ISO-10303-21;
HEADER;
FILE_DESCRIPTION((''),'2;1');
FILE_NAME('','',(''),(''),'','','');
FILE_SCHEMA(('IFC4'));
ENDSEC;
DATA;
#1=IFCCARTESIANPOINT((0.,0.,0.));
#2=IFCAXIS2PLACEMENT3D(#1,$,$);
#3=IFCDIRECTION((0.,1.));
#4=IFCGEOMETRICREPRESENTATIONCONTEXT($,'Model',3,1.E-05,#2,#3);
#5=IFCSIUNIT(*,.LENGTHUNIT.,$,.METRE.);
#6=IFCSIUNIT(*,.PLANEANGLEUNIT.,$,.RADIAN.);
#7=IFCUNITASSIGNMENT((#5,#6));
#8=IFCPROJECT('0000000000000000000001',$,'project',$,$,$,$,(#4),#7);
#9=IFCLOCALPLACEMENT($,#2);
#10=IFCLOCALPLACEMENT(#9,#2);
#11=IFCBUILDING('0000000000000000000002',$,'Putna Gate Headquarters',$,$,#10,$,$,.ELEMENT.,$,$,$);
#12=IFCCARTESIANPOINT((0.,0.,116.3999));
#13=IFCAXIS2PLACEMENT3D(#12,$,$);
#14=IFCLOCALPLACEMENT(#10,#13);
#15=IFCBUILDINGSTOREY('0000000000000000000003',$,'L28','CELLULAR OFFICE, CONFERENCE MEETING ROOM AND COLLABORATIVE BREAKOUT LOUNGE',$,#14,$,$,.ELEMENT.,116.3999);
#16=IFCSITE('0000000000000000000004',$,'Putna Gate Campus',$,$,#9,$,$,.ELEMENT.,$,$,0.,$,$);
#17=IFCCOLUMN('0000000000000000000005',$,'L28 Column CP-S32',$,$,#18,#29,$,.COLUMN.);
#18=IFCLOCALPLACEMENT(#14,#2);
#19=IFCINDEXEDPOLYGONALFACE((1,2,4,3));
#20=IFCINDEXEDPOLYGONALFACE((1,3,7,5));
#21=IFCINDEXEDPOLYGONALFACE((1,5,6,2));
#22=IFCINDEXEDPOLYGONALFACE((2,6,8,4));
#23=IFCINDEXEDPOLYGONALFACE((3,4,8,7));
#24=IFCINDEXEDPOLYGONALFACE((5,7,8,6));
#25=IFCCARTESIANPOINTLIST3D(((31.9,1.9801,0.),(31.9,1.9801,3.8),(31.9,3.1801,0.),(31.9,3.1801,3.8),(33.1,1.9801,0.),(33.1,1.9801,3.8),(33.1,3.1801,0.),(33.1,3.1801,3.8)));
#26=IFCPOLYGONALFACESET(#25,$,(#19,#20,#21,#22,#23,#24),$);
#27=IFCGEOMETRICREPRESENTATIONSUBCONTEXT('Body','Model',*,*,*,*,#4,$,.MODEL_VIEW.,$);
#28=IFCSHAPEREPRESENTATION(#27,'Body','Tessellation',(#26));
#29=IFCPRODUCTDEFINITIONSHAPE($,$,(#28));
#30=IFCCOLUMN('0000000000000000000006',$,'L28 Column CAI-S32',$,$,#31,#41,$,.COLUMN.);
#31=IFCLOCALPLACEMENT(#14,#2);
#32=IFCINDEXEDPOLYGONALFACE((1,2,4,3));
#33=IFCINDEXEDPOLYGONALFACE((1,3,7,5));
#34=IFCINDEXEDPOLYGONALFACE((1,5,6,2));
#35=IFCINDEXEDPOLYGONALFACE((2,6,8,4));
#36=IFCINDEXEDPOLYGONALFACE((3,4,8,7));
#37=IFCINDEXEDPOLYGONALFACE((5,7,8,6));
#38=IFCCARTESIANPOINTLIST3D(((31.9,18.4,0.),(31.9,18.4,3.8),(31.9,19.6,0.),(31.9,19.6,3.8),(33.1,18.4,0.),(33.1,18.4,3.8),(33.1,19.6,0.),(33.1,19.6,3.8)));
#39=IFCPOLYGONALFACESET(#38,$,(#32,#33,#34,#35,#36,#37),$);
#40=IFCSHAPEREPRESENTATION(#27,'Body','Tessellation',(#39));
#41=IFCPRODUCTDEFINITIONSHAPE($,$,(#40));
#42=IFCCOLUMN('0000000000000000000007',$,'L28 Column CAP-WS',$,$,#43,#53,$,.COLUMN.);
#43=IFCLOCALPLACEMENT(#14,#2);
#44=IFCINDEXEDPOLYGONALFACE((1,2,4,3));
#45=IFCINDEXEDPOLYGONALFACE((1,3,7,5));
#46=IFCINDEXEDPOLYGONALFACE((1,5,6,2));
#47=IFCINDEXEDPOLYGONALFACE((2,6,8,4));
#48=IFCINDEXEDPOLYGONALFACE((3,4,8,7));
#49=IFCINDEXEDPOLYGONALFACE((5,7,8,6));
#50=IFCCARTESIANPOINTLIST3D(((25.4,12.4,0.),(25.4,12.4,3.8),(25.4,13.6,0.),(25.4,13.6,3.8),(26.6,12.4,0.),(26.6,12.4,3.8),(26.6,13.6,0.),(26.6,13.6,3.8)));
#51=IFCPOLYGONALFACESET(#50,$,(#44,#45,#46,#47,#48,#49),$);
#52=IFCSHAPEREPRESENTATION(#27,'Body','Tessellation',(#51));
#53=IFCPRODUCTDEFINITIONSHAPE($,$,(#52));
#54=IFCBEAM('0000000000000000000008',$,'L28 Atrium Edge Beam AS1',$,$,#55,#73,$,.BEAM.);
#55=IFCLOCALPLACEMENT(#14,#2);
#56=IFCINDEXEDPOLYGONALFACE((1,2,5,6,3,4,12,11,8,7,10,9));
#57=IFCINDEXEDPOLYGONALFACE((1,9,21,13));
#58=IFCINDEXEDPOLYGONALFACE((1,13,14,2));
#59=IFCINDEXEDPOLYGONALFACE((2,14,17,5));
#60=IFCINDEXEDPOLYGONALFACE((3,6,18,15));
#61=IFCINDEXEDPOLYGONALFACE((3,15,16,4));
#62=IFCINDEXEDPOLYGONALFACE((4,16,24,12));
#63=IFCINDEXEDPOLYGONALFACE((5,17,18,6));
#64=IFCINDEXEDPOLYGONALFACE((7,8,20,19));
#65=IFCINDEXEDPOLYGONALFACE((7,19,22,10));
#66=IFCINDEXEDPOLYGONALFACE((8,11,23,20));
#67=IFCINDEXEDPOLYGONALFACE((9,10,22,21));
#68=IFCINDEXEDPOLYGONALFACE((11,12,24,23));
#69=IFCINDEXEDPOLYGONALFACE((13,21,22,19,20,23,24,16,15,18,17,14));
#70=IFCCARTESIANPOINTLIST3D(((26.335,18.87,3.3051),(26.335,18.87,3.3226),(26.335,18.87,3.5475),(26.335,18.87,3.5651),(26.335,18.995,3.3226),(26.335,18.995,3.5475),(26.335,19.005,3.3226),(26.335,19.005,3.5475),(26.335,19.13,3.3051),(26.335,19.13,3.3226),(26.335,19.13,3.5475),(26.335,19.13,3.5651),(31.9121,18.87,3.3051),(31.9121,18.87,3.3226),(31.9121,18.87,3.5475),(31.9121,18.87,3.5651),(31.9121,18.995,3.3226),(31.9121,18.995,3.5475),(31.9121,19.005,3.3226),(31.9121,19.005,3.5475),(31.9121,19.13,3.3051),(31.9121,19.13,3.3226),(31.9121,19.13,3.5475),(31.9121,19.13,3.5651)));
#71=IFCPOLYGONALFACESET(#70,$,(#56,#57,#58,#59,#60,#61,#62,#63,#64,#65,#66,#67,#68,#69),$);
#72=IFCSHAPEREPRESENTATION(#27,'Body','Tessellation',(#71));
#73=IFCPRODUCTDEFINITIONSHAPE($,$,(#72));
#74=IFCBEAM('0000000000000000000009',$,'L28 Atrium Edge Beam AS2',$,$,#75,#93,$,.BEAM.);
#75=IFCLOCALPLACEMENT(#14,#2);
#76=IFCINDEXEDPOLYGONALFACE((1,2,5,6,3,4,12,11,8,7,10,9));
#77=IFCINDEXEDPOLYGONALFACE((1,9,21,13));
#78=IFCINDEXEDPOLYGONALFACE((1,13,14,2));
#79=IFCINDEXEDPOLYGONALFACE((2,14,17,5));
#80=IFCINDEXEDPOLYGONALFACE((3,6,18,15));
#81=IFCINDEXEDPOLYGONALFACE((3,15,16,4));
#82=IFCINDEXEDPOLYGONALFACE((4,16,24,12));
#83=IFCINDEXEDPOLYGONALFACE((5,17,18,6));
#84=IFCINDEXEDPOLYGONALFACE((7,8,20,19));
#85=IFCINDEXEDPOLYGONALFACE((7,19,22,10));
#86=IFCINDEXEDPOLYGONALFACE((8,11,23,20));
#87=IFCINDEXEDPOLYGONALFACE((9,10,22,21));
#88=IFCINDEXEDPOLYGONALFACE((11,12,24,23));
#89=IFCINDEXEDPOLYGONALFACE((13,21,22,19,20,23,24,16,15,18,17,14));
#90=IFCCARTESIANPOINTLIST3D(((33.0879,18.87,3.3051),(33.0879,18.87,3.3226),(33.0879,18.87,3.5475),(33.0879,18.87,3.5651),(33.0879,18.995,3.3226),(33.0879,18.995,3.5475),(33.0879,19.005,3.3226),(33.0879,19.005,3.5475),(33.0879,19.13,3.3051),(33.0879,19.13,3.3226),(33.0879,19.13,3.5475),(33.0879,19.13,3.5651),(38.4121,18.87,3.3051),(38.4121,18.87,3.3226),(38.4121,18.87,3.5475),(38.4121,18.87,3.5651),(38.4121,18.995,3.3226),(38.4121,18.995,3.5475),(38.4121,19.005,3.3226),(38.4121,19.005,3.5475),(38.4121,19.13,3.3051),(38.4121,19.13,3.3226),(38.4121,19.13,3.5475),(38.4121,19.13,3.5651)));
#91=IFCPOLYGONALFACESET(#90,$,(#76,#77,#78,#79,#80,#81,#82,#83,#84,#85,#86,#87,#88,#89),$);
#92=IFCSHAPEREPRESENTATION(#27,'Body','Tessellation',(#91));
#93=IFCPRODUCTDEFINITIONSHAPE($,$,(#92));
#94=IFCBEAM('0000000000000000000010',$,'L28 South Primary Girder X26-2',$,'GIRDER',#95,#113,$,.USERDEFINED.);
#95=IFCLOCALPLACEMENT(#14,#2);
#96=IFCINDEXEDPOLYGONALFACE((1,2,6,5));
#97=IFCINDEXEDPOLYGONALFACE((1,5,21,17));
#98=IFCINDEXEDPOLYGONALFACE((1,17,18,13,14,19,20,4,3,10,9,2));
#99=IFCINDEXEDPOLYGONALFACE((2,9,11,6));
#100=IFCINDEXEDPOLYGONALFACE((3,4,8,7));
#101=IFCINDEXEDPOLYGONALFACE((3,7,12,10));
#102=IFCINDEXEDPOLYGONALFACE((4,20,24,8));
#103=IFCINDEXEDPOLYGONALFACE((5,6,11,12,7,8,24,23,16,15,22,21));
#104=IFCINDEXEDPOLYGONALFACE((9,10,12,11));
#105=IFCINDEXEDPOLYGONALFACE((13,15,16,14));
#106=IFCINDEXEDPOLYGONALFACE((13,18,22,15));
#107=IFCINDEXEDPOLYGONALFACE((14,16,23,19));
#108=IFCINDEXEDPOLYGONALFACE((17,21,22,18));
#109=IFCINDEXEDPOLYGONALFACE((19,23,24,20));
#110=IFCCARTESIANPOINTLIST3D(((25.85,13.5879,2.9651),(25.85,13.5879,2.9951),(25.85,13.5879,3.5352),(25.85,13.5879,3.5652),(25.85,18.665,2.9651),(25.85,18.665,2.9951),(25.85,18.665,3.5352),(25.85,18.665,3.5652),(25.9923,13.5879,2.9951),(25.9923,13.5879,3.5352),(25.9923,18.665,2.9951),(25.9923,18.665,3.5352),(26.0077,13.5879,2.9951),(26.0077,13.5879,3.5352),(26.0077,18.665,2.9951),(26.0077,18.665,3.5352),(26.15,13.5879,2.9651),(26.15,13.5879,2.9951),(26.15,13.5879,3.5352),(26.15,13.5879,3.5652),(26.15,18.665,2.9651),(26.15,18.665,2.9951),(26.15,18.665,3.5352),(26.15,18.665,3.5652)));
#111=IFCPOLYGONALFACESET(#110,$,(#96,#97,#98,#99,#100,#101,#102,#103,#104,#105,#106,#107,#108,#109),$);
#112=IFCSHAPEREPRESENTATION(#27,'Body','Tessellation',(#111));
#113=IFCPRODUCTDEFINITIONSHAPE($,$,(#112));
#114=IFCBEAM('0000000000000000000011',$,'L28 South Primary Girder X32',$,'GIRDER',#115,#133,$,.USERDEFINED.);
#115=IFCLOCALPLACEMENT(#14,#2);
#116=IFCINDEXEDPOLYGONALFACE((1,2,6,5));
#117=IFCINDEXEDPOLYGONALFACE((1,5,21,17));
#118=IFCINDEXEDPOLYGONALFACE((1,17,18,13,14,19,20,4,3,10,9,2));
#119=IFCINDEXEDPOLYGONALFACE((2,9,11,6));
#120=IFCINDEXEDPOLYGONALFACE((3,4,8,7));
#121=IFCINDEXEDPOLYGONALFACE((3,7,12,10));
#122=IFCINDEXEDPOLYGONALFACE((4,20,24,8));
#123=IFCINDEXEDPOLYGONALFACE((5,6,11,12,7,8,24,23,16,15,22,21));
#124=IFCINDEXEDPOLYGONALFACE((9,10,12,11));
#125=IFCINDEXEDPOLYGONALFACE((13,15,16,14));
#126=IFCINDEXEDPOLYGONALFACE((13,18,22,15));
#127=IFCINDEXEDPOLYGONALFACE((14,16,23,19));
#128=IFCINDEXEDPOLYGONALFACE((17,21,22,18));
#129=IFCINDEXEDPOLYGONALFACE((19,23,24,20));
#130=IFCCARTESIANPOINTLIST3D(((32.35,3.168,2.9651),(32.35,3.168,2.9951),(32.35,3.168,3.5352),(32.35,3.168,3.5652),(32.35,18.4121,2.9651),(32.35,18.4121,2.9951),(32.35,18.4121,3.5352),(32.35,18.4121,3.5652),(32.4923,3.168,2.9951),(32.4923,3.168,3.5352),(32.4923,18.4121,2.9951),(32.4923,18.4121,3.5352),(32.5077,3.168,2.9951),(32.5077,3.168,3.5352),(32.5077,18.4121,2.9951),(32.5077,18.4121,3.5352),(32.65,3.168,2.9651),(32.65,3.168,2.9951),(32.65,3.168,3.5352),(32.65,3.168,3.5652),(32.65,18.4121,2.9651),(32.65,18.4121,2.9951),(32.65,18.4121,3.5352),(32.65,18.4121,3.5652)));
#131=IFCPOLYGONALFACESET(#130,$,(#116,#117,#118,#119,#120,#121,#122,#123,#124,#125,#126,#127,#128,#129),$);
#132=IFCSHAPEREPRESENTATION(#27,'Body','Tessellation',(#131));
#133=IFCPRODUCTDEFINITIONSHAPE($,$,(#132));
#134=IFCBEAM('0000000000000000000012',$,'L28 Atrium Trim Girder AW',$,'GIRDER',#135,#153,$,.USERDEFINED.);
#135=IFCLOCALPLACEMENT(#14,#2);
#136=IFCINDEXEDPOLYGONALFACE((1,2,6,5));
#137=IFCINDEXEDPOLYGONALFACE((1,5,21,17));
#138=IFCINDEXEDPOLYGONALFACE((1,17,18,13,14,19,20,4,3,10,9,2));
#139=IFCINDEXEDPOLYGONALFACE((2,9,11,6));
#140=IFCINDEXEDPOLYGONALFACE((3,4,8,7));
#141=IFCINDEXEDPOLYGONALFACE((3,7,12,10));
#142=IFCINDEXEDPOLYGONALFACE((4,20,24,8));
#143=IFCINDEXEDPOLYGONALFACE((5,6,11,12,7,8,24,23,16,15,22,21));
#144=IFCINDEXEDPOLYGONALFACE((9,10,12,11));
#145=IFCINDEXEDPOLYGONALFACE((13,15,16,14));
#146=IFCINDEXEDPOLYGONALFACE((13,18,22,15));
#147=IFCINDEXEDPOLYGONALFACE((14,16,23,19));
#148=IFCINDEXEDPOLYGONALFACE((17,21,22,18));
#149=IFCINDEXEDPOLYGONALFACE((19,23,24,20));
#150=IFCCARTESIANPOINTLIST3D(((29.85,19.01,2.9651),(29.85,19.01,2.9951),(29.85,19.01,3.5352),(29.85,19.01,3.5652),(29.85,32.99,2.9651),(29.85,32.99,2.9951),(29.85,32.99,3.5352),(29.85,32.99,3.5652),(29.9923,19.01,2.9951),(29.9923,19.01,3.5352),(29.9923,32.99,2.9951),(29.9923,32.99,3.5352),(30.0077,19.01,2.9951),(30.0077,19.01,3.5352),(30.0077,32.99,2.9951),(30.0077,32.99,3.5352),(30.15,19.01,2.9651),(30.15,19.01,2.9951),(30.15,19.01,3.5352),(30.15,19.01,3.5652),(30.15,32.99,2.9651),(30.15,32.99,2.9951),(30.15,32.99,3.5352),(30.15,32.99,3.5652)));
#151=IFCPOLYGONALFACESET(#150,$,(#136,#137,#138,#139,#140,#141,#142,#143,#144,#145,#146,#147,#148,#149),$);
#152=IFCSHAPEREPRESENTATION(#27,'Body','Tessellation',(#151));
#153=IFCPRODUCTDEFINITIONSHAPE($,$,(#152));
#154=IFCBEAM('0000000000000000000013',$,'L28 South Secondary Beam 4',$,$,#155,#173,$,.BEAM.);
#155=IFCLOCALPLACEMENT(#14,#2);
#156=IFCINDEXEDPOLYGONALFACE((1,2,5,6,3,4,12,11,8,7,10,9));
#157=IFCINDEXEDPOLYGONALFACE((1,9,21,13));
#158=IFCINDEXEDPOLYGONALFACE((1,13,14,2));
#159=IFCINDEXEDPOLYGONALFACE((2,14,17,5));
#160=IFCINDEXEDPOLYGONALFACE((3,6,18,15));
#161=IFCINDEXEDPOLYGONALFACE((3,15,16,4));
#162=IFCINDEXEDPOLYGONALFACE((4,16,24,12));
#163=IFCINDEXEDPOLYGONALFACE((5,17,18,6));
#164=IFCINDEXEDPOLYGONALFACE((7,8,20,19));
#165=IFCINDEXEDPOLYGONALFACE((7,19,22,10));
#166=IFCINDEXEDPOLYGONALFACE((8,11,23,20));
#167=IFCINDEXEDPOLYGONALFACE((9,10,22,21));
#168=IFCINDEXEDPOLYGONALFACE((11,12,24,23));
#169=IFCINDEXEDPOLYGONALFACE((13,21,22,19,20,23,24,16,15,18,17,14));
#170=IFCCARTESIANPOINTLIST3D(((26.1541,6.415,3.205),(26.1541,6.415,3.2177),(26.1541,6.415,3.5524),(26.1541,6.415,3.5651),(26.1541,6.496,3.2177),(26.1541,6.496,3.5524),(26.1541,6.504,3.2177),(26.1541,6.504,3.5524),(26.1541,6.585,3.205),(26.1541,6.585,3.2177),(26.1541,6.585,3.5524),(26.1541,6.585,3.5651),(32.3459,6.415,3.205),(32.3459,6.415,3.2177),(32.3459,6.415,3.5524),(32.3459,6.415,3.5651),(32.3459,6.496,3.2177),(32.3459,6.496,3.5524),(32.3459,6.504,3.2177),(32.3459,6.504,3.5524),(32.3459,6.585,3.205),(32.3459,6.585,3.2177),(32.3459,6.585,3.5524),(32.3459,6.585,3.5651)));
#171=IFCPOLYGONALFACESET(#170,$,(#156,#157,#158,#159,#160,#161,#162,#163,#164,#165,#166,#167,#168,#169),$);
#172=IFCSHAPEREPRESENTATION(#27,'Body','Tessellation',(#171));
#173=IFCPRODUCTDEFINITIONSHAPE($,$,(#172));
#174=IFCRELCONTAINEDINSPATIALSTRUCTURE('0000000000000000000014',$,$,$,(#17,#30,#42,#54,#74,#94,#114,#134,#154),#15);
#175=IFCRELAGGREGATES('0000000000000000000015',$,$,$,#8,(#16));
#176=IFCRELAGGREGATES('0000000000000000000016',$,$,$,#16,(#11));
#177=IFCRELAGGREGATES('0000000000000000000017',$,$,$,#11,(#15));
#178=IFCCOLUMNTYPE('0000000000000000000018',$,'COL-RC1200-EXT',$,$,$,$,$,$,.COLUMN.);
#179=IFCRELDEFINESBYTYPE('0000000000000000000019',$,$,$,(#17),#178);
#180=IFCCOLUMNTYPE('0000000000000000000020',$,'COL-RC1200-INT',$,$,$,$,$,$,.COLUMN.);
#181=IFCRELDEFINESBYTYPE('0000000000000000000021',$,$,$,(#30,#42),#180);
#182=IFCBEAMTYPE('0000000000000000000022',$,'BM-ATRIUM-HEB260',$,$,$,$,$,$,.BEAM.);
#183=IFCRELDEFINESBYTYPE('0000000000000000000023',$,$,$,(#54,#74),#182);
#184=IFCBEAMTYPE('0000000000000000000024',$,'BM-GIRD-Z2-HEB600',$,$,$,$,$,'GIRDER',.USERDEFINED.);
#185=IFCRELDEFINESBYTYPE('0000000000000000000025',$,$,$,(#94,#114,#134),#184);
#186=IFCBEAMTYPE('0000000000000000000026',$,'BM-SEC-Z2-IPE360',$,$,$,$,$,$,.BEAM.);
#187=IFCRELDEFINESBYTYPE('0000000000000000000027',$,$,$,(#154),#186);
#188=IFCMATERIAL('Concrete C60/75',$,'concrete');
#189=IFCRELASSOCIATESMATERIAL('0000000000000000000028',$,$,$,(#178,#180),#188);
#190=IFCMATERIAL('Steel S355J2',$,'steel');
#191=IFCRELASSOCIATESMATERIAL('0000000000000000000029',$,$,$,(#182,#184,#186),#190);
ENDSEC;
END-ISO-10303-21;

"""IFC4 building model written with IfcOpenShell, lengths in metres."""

from ifc_helpers import new_model, si_unit, direction, frame, origin, origin_2d, place, context, subcontext, project, spatial, rectangle, i_section, extrude, material, material_profile, profile_set, type_object, element, save


model = new_model("IFC4")

# Units and contexts
model_context = context("Model", 3, precision=1e-05, world=origin(), true_north=direction((0.0, 1.0)))
body_context = subcontext(model_context, "Body", "Model", "MODEL_VIEW")
ifc_project = project(units=[si_unit("LENGTHUNIT", "METRE"), si_unit("PLANEANGLEUNIT", "RADIAN")], contexts=[model_context])

# Site, building, storey
site_placement = place(None, origin())
site = spatial("IfcSite", under=ifc_project, at=site_placement, Name="Putna Gate Campus", CompositionType="ELEMENT", RefElevation=0.0)
building_placement = place(site_placement, origin())
building = spatial("IfcBuilding", under=site, at=building_placement, Name="Putna Gate Headquarters", CompositionType="ELEMENT")
storey_placement = place(building_placement, frame((0.0, 0.0, 116.3999)))
storey = spatial("IfcBuildingStorey", under=building, at=storey_placement, Name="L28", Description="CELLULAR OFFICE, CONFERENCE MEETING ROOM AND COLLABORATIVE BREAKOUT LOUNGE", CompositionType="ELEMENT", Elevation=116.3999)

# Columns
ifc_material_1 = material(Name="Concrete C60/75", Category="concrete")
ifc_material_profile_1 = material_profile(ifc_material_1, rectangle(XDim=1.2, YDim=1.2, at=origin_2d()), Name="Concrete C60/75")
ifc_profile_set_1 = profile_set([ifc_material_profile_1], Name="Concrete C60/75")
column_type_1 = type_object("IfcColumnType", Name="COL-RC1200-EXT", PredefinedType="COLUMN", material=ifc_profile_set_1)
column_placement = place(storey_placement, frame((32.5, 2.5801, 0.0), z_axis=(0.0, 0.0, 1.0), x_axis=(1.0, 0.0, 0.0)))
element("IfcColumn", 1, at=column_placement, inside=storey, type_object=column_type_1, Name="L28 Column CP-S32", PredefinedType="COLUMN", context=body_context, shape_type="SweptSolid", body=[
    extrude(rectangle(XDim=1.2, YDim=1.2, at=origin_2d()), origin(), (0.0, 0.0, 1.0), 3.8),
])
ifc_material_profile_2 = material_profile(ifc_material_1, rectangle(XDim=1.2, YDim=1.2, at=origin_2d()), Name="Concrete C60/75")
ifc_profile_set_2 = profile_set([ifc_material_profile_2], Name="Concrete C60/75")
column_type_2 = type_object("IfcColumnType", Name="COL-RC1200-INT", PredefinedType="COLUMN", material=ifc_profile_set_2)
for number, where, z_axis, x_axis, name in (
    (2, (32.5, 19.0, 0.0), (0.0, 0.0, 1.0), (1.0, 0.0, 0.0), "L28 Column CAI-S32"),
    (3, (26.0, 13.0, 0.0), (0.0, 0.0, 1.0), (1.0, 0.0, 0.0), "L28 Column CAP-WS"),
):
    element("IfcColumn", number, at=place(storey_placement, frame(where, z_axis=z_axis, x_axis=x_axis)), inside=storey, type_object=column_type_2, Name=name, PredefinedType="COLUMN", context=body_context, shape_type="SweptSolid", body=[
        extrude(rectangle(XDim=1.2, YDim=1.2, at=origin_2d()), origin(), (0.0, 0.0, 1.0), 3.8),
    ])

# Beams
ifc_material_2 = material(Name="Steel S355J2", Category="steel")
ifc_material_profile_3 = material_profile(ifc_material_2, i_section(OverallWidth=0.26, OverallDepth=0.26, WebThickness=0.01, FlangeThickness=0.0176, at=origin_2d()), Name="Steel S355J2")
ifc_profile_set_3 = profile_set([ifc_material_profile_3], Name="Steel S355J2")
beam_type_1 = type_object("IfcBeamType", Name="BM-ATRIUM-HEB260", PredefinedType="BEAM", material=ifc_profile_set_3)
beam_1_placement = place(storey_placement, frame((26.335, 19.0, 3.4351), z_axis=(1.0, 0.0, 0.0), x_axis=(0.0, 1.0, 0.0)))
element("IfcBeam", 4, at=beam_1_placement, inside=storey, type_object=beam_type_1, Name="L28 Atrium Edge Beam AS1", PredefinedType="BEAM", context=body_context, shape_type="SweptSolid", body=[
    extrude(i_section(OverallWidth=0.26, OverallDepth=0.26, WebThickness=0.01, FlangeThickness=0.0176, at=origin_2d()), origin(), (0.0, 0.0, 1.0), 5.5771),
])
beam_2_placement = place(storey_placement, frame((33.0879, 19.0, 3.4351), z_axis=(1.0, 0.0, 0.0), x_axis=(0.0, 1.0, 0.0)))
element("IfcBeam", 5, at=beam_2_placement, inside=storey, type_object=beam_type_1, Name="L28 Atrium Edge Beam AS2", PredefinedType="BEAM", context=body_context, shape_type="SweptSolid", body=[
    extrude(i_section(OverallWidth=0.26, OverallDepth=0.26, WebThickness=0.01, FlangeThickness=0.0176, at=origin_2d()), origin(), (0.0, 0.0, 1.0), 5.3242),
])
ifc_material_profile_4 = material_profile(ifc_material_2, i_section(OverallWidth=0.3, OverallDepth=0.6001, WebThickness=0.0154, FlangeThickness=0.03, at=origin_2d()), Name="Steel S355J2")
ifc_profile_set_4 = profile_set([ifc_material_profile_4], Name="Steel S355J2")
beam_type_2 = type_object("IfcBeamType", Name="BM-GIRD-Z2-HEB600", ElementType="GIRDER", PredefinedType="USERDEFINED", material=ifc_profile_set_4)
beam_3_placement = place(storey_placement, frame((26.0, 13.5879, 3.2651), z_axis=(0.0, 1.0, 0.0), x_axis=(-1.0, 0.0, 0.0)))
element("IfcBeam", 6, at=beam_3_placement, inside=storey, type_object=beam_type_2, Name="L28 South Primary Girder X26-2", ObjectType="GIRDER", PredefinedType="USERDEFINED", context=body_context, shape_type="SweptSolid", body=[
    extrude(i_section(OverallWidth=0.3, OverallDepth=0.6001, WebThickness=0.0154, FlangeThickness=0.03, at=origin_2d()), origin(), (0.0, 0.0, 1.0), 5.0771),
])
beam_4_placement = place(storey_placement, frame((32.5, 3.168, 3.2651), z_axis=(0.0, 1.0, 0.0), x_axis=(-1.0, 0.0, 0.0)))
element("IfcBeam", 7, at=beam_4_placement, inside=storey, type_object=beam_type_2, Name="L28 South Primary Girder X32", ObjectType="GIRDER", PredefinedType="USERDEFINED", context=body_context, shape_type="SweptSolid", body=[
    extrude(i_section(OverallWidth=0.3, OverallDepth=0.6001, WebThickness=0.0154, FlangeThickness=0.03, at=origin_2d()), origin(), (0.0, 0.0, 1.0), 15.2441),
])
beam_5_placement = place(storey_placement, frame((30.0, 19.01, 3.2651), z_axis=(0.0, 1.0, 0.0), x_axis=(-1.0, 0.0, 0.0)))
element("IfcBeam", 8, at=beam_5_placement, inside=storey, type_object=beam_type_2, Name="L28 Atrium Trim Girder AW", ObjectType="GIRDER", PredefinedType="USERDEFINED", context=body_context, shape_type="SweptSolid", body=[
    extrude(i_section(OverallWidth=0.3, OverallDepth=0.6001, WebThickness=0.0154, FlangeThickness=0.03, at=origin_2d()), origin(), (0.0, 0.0, 1.0), 13.98),
])
ifc_material_profile_5 = material_profile(ifc_material_2, i_section(OverallWidth=0.1699, OverallDepth=0.3601, WebThickness=0.0081, FlangeThickness=0.0127, at=origin_2d()), Name="Steel S355J2")
ifc_profile_set_5 = profile_set([ifc_material_profile_5], Name="Steel S355J2")
beam_type_3 = type_object("IfcBeamType", Name="BM-SEC-Z2-IPE360", PredefinedType="BEAM", material=ifc_profile_set_5)
beam_6_placement = place(storey_placement, frame((26.1541, 6.5, 3.385), z_axis=(1.0, 0.0, 0.0), x_axis=(0.0, 1.0, 0.0)))
element("IfcBeam", 9, at=beam_6_placement, inside=storey, type_object=beam_type_3, Name="L28 South Secondary Beam 4", PredefinedType="BEAM", context=body_context, shape_type="SweptSolid", body=[
    extrude(i_section(OverallWidth=0.1699, OverallDepth=0.3601, WebThickness=0.0081, FlangeThickness=0.0127, at=origin_2d()), origin(), (0.0, 0.0, 1.0), 6.1919),
])

save(model, "model.ifc")
